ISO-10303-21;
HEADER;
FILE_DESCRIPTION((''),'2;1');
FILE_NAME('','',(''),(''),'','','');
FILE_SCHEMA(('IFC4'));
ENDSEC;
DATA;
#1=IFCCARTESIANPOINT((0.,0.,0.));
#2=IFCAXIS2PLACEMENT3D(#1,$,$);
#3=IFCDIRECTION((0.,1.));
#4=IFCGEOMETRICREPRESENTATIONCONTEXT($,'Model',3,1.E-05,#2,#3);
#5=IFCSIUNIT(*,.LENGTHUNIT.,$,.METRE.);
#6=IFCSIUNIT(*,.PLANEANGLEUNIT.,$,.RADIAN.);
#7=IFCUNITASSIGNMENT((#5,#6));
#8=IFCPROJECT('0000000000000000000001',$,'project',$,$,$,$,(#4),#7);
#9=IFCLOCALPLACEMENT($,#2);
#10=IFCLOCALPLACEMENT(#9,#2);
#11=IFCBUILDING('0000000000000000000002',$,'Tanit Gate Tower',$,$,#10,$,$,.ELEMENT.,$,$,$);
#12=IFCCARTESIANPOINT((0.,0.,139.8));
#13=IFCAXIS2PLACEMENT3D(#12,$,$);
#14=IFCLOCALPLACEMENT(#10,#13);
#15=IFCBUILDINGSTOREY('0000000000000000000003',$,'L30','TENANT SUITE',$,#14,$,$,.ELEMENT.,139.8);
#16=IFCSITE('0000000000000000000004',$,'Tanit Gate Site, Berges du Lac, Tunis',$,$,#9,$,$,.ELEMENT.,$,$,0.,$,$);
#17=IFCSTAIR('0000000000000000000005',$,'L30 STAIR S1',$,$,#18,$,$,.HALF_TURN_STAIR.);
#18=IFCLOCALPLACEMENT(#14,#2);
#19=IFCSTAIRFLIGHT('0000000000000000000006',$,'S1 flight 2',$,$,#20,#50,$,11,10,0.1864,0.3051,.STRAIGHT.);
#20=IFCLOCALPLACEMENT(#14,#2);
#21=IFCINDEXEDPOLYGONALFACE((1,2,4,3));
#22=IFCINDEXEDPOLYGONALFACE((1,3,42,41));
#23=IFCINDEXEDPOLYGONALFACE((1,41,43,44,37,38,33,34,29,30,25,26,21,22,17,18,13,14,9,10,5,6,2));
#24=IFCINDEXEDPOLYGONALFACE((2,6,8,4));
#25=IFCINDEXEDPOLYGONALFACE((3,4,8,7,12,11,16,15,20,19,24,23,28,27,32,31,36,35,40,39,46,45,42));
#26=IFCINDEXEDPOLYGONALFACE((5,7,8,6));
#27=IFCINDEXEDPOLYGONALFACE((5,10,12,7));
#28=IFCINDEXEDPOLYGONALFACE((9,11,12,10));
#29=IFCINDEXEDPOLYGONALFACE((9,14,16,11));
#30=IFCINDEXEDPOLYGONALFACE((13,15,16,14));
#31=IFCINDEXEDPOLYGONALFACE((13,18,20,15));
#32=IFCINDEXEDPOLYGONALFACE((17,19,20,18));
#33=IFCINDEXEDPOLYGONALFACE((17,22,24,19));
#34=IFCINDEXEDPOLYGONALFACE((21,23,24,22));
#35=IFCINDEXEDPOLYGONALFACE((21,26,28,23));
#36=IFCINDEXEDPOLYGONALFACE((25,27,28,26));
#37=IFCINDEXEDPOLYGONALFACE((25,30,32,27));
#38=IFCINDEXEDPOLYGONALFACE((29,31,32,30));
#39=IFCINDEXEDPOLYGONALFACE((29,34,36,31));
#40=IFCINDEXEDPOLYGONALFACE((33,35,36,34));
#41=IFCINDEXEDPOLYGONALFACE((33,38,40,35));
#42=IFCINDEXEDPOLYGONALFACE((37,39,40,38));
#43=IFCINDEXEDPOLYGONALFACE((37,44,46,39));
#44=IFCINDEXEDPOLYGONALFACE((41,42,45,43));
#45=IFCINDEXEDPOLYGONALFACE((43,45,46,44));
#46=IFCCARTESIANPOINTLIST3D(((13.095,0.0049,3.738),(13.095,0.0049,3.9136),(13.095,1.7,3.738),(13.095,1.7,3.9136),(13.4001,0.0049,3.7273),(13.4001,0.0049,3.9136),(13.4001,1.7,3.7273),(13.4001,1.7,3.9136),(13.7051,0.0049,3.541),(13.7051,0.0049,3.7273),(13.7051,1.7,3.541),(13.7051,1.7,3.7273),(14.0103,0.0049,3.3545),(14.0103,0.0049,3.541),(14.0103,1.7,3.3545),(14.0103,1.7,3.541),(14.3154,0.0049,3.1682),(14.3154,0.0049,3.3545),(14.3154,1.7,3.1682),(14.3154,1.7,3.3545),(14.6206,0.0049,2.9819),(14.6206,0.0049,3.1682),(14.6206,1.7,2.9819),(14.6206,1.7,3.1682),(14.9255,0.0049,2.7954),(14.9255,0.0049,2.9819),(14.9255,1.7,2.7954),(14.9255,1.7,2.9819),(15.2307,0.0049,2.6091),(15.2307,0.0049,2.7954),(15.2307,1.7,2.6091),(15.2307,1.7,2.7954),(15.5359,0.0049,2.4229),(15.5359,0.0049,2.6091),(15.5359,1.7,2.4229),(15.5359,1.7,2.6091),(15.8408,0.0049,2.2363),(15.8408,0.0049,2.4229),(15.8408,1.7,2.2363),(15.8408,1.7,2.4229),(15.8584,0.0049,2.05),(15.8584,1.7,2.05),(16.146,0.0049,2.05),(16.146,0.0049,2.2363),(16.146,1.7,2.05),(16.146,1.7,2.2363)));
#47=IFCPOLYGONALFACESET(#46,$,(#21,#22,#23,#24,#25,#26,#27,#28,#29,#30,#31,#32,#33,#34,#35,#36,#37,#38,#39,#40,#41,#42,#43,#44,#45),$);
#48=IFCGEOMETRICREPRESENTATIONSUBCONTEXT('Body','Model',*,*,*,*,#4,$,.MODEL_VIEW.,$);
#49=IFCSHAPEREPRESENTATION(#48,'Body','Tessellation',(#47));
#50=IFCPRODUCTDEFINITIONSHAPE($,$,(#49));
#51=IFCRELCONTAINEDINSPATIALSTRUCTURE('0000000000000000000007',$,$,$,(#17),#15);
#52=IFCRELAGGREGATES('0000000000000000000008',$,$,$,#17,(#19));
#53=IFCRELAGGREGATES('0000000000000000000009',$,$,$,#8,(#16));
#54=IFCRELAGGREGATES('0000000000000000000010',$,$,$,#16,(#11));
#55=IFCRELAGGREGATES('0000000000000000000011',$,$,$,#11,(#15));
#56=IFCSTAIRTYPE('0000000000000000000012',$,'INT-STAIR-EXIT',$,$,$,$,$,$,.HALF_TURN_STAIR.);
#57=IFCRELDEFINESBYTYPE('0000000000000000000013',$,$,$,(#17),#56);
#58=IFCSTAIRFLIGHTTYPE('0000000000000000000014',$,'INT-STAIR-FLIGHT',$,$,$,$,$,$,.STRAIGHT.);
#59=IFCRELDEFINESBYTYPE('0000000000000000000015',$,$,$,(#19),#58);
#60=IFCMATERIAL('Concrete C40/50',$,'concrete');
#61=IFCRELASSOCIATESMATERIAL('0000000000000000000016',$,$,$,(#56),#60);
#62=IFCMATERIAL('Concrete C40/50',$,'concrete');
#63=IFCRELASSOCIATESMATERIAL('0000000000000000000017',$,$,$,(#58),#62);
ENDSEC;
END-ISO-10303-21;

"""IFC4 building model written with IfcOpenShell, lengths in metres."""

from ifc_helpers import new_model, si_unit, direction, frame, origin, place, context, subcontext, project, spatial, polyline, outline, extrude, material, type_object, element, aggregate, save


model = new_model("IFC4")

# Units and contexts
model_context = context("Model", 3, precision=1e-05, world=origin(), true_north=direction((0.0, 1.0)))
body_context = subcontext(model_context, "Body", "Model", "MODEL_VIEW")
ifc_project = project(units=[si_unit("LENGTHUNIT", "METRE"), si_unit("PLANEANGLEUNIT", "RADIAN")], contexts=[model_context])

# Site, building, storey
site_placement = place(None, origin())
site = spatial("IfcSite", under=ifc_project, at=site_placement, Name="Tanit Gate Site, Berges du Lac, Tunis", CompositionType="ELEMENT", RefElevation=0.0)
building_placement = place(site_placement, origin())
building = spatial("IfcBuilding", under=site, at=building_placement, Name="Tanit Gate Tower", CompositionType="ELEMENT")
storey_placement = place(building_placement, frame((0.0, 0.0, 139.8)))
storey = spatial("IfcBuildingStorey", under=building, at=storey_placement, Name="L30", Description="TENANT SUITE", CompositionType="ELEMENT", Elevation=139.8)

# Stair, stair flight
ifc_material_1 = material(Name="Concrete C40/50", Category="concrete")
stair_type = type_object("IfcStairType", Name="INT-STAIR-EXIT", PredefinedType="HALF_TURN_STAIR", material=ifc_material_1)
stair_placement = place(storey_placement, origin())
stair = element("IfcStair", 1, at=stair_placement, inside=storey, type_object=stair_type, Name="L30 STAIR S1", PredefinedType="HALF_TURN_STAIR")
ifc_material_2 = material(Name="Concrete C40/50", Category="concrete")
stair_flight_type = type_object("IfcStairFlightType", Name="INT-STAIR-FLIGHT", PredefinedType="STRAIGHT", material=ifc_material_2)
stair_flight_1_placement = place(storey_placement, frame((16.146, 0.8525, 2.05), z_axis=(0.0, 0.0, 1.0), x_axis=(-1.0, 0.0, 0.0)))
stair_flight_1 = element("IfcStairFlight", 2, at=stair_flight_1_placement, type_object=stair_flight_type, Name="S1 flight 2", NumberOfRisers=11, NumberOfTreads=10, PredefinedType="STRAIGHT", RiserHeight=0.1864, TreadLength=0.3051, context=body_context, shape_type="SweptSolid", body=[
    extrude(outline(polyline([(0.0, 0.0), (0.0, 0.1863), (0.3052, 0.1863), (0.3052, 0.3728), (0.6101, 0.3728), (0.6101, 0.5591), (0.9153, 0.5591), (0.9153, 0.7454), (1.2205, 0.7454), (1.2205, 0.9319), (1.5254, 0.9319), (1.5254, 1.1182), (1.8306, 1.1182), (1.8306, 1.3044), (2.1357, 1.3044), (2.1357, 1.491), (2.4409, 1.491), (2.4409, 1.6772), (2.7458, 1.6772), (2.7458, 1.8635), (3.051, 1.8635), (3.051, 2.05), (3.051, 1.688), (0.2876, 0.0), (0.0, 0.0)])), frame((0.0, 0.8477, 0.0), z_axis=(0.0, -1.0, 0.0), x_axis=(1.0, 0.0, 0.0)), (0.0, 0.0, 1.0), 1.6951),
])
aggregate(stair, [stair_flight_1])

save(model, "model.ifc")
